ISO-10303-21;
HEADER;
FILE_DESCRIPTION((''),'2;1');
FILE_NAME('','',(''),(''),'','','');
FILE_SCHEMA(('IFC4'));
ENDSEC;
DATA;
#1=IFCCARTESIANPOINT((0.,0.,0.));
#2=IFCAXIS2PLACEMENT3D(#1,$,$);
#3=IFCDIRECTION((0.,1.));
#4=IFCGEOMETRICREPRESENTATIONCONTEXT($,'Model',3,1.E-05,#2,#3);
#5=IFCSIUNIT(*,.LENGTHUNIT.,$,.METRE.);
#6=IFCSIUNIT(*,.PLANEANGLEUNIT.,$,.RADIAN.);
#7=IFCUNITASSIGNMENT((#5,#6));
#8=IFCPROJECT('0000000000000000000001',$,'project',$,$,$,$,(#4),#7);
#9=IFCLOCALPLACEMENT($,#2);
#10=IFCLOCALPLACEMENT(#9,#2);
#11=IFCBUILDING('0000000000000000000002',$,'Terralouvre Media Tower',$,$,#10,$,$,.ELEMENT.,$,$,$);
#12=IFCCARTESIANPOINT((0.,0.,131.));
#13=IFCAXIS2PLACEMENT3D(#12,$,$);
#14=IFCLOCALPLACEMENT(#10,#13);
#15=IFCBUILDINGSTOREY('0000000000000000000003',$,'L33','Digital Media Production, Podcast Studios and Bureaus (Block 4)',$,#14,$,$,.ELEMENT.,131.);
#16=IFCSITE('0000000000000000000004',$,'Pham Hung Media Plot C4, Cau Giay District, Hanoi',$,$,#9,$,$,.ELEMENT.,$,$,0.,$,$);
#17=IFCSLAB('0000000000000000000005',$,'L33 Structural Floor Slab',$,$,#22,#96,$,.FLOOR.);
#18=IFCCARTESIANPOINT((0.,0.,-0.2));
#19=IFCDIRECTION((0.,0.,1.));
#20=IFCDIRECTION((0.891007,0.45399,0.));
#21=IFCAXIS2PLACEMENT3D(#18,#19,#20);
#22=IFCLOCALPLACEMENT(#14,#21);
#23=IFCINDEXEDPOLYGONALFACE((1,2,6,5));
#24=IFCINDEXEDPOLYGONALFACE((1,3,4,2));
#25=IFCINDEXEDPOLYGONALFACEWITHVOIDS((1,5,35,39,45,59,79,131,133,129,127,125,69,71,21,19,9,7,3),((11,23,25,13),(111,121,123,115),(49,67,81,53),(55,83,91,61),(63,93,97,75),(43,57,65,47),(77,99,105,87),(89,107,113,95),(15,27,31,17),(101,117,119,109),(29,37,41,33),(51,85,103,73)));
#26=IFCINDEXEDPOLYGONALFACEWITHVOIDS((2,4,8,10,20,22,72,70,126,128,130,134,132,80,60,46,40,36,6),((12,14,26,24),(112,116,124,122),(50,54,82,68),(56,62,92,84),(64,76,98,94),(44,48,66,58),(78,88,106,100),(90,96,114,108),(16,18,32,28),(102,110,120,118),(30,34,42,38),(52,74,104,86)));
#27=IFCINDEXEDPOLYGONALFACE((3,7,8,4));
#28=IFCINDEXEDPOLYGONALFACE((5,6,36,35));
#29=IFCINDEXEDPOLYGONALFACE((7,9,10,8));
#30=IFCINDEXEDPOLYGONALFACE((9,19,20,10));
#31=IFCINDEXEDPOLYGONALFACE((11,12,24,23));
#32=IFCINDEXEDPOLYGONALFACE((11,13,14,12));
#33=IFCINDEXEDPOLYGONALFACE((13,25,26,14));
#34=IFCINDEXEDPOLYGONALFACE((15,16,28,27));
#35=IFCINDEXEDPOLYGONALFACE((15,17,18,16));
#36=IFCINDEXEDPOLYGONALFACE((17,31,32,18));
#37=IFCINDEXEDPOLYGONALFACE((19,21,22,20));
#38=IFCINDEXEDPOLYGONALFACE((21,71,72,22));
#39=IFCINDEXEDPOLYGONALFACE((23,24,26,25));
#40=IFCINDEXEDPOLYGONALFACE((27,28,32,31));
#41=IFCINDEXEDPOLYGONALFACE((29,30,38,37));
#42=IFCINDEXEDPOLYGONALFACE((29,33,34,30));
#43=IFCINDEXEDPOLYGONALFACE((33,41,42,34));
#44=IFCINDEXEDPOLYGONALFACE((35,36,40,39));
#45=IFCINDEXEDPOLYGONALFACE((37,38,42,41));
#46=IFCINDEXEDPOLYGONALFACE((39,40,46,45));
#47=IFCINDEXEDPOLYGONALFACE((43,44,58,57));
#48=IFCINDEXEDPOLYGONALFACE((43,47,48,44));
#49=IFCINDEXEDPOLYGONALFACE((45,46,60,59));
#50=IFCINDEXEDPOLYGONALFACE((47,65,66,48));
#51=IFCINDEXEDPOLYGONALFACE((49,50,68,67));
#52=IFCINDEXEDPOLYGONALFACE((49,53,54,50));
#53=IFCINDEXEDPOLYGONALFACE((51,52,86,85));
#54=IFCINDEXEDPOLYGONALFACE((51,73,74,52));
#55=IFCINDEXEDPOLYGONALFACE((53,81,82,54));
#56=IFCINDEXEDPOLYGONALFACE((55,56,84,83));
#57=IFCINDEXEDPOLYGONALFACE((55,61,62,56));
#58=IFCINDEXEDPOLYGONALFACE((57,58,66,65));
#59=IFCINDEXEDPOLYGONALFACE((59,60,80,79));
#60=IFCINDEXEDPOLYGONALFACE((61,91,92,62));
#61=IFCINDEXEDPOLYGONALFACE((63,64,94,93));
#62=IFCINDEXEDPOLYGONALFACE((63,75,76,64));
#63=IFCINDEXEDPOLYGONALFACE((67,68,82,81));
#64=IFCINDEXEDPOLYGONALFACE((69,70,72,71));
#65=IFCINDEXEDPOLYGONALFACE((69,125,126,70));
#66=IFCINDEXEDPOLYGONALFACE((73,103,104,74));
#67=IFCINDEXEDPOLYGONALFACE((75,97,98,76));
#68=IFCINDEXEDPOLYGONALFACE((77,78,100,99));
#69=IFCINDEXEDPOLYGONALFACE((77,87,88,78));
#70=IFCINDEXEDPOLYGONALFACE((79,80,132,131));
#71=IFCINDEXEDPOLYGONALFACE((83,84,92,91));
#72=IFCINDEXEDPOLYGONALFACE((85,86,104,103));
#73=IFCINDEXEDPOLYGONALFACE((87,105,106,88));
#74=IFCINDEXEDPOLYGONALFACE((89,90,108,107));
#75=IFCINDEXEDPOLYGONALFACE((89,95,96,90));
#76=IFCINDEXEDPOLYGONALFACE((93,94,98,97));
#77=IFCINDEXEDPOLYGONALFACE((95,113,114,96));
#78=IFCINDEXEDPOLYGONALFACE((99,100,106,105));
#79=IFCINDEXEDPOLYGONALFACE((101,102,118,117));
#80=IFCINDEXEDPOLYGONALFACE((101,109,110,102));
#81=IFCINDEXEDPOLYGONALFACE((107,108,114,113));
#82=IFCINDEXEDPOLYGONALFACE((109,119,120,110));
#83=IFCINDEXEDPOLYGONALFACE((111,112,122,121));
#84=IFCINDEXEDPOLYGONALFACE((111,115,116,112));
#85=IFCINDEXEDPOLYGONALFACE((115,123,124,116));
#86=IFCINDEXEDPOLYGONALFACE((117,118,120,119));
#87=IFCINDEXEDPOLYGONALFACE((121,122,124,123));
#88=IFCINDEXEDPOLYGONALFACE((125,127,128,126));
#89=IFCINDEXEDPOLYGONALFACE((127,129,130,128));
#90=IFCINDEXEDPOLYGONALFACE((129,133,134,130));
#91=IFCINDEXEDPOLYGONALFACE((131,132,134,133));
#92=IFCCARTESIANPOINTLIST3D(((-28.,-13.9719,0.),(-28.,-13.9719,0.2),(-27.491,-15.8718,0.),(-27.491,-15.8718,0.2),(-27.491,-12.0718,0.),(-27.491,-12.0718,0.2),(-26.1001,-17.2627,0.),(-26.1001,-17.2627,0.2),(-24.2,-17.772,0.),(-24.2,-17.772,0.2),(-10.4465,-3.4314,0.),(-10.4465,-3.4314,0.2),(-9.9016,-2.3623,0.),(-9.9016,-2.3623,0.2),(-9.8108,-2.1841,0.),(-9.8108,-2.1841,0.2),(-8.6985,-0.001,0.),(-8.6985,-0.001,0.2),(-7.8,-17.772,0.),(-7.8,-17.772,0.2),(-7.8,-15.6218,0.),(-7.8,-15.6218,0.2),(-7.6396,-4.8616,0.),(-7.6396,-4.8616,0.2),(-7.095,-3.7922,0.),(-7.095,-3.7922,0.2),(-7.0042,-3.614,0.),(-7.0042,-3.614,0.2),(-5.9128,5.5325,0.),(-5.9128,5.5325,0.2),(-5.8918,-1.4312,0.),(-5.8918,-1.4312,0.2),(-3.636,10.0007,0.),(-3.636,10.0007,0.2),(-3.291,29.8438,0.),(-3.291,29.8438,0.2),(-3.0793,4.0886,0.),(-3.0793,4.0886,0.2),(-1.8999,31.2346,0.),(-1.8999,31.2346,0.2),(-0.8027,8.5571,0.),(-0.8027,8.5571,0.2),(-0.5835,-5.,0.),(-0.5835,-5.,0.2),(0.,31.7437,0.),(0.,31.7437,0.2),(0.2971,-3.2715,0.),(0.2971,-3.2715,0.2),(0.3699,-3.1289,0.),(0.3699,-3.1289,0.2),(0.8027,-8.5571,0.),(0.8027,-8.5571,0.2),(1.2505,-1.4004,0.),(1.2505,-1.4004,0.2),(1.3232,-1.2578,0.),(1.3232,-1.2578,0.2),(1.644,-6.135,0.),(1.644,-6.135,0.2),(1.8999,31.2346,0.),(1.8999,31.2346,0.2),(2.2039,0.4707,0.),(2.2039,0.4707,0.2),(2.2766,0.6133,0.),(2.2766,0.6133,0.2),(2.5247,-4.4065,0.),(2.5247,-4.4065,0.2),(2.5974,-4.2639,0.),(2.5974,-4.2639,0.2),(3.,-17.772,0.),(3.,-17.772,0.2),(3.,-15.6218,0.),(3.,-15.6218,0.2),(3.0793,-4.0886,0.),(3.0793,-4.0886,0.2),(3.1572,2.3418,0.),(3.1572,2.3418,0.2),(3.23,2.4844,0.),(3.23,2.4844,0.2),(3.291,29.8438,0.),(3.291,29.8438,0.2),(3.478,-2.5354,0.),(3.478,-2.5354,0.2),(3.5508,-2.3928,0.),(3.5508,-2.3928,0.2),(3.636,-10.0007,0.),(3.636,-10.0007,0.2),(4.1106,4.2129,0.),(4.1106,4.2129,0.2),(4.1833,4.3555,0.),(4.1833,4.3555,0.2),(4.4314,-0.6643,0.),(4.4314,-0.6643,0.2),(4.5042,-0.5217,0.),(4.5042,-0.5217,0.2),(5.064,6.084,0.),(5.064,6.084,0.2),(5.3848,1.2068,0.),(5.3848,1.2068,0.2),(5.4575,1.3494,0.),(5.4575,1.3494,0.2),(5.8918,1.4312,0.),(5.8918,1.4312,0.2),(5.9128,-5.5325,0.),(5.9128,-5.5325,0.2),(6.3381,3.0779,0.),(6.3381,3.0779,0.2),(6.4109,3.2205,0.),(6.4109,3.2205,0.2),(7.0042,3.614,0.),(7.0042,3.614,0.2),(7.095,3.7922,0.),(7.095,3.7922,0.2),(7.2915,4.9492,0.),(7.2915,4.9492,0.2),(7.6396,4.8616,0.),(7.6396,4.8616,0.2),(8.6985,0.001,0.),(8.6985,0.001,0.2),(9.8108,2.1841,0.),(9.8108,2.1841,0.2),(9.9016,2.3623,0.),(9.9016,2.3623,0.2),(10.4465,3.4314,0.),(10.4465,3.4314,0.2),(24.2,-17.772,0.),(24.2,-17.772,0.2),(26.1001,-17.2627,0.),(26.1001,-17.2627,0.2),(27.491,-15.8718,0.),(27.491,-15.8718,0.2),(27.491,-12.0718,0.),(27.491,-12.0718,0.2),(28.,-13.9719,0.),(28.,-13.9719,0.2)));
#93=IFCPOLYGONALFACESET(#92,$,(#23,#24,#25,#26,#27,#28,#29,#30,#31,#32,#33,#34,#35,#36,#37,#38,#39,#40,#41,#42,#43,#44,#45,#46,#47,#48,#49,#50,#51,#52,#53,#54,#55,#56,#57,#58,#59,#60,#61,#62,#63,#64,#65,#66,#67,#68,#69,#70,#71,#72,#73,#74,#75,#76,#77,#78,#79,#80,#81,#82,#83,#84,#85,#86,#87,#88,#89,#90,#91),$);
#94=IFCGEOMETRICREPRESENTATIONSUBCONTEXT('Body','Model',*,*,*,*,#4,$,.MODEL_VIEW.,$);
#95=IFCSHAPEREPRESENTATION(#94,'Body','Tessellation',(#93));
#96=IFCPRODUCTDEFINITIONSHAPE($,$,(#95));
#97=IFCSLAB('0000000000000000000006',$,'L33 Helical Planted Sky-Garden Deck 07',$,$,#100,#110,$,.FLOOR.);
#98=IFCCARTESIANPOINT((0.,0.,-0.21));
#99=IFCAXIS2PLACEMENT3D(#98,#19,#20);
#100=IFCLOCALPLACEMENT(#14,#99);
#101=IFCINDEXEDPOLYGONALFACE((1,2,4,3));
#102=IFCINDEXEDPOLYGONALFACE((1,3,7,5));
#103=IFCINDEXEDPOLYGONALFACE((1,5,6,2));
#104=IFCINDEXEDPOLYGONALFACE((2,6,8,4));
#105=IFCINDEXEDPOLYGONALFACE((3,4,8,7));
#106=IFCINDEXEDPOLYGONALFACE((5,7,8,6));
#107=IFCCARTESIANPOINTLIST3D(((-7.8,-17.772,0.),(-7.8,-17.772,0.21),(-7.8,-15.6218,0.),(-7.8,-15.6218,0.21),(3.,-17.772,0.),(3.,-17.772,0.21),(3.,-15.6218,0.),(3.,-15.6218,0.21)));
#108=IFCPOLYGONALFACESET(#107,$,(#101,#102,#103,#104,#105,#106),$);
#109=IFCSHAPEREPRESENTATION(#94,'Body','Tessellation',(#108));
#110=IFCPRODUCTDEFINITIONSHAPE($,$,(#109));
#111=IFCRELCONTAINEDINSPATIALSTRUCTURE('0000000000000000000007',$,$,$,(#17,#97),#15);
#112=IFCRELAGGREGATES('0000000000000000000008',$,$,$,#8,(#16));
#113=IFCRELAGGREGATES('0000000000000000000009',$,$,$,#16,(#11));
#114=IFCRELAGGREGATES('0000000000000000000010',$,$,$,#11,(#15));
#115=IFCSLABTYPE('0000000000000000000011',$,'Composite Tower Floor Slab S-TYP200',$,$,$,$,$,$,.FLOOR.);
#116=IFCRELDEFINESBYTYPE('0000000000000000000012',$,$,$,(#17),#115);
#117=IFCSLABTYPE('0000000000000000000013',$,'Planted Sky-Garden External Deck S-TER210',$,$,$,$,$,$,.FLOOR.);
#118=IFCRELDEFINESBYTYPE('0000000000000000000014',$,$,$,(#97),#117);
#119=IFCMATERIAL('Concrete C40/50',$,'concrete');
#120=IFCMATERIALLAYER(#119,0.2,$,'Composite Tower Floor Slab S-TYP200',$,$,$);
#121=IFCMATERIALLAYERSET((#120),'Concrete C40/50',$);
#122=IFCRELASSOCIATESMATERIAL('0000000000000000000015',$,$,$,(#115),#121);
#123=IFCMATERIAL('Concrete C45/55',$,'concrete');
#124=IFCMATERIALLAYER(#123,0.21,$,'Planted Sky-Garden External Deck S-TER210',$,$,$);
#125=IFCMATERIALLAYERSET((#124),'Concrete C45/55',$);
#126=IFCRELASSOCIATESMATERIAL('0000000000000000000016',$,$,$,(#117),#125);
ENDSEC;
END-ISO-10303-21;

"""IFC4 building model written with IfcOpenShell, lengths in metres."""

from ifc_helpers import new_model, si_unit, direction, frame, origin, place, context, subcontext, project, spatial, polyline, outline, extrude, material, layer, layer_set, type_object, element, save


model = new_model("IFC4")

# Units and contexts
model_context = context("Model", 3, precision=1e-05, world=origin(), true_north=direction((0.0, 1.0)))
body_context = subcontext(model_context, "Body", "Model", "MODEL_VIEW")
ifc_project = project(units=[si_unit("LENGTHUNIT", "METRE"), si_unit("PLANEANGLEUNIT", "RADIAN")], contexts=[model_context])

# Site, building, storey
site_placement = place(None, origin())
site = spatial("IfcSite", under=ifc_project, at=site_placement, Name="Pham Hung Media Plot C4, Cau Giay District, Hanoi", CompositionType="ELEMENT", RefElevation=0.0)
building_placement = place(site_placement, origin())
building = spatial("IfcBuilding", under=site, at=building_placement, Name="Terralouvre Media Tower", CompositionType="ELEMENT")
storey_placement = place(building_placement, frame((0.0, 0.0, 131.0)))
storey = spatial("IfcBuildingStorey", under=building, at=storey_placement, Name="L33", Description="Digital Media Production, Podcast Studios and Bureaus (Block 4)", CompositionType="ELEMENT", Elevation=131.0)

# Slabs
ifc_material_1 = material(Name="Concrete C40/50", Category="concrete")
ifc_layer_1 = layer(ifc_material_1, 0.2, Name="Composite Tower Floor Slab S-TYP200")
ifc_layer_set_1 = layer_set([ifc_layer_1], Name="Concrete C40/50")
slab_type_1 = type_object("IfcSlabType", Name="Composite Tower Floor Slab S-TYP200", PredefinedType="FLOOR", material=ifc_layer_set_1)
slab_1_placement = place(storey_placement, frame((0.0, 0.0, -0.2), z_axis=(0.0, 0.0, 1.0), x_axis=(0.891007, 0.45399, 0.0)))
element("IfcSlab", 1, at=slab_1_placement, inside=storey, type_object=slab_type_1, Name="L33 Structural Floor Slab", PredefinedType="FLOOR", context=body_context, shape_type="SweptSolid", body=[
    extrude(outline(polyline([(-24.2, -17.772), (-7.8, -17.772), (-7.8, -15.6218), (3.0, -15.6218), (3.0, -17.772), (24.2, -17.772), (26.1001, -17.2627), (27.491, -15.8718), (28.0, -13.9719), (27.491, -12.0718), (3.291, 29.8438), (1.8999, 31.2346), (0.0, 31.7437), (-1.8999, 31.2346), (-3.291, 29.8438), (-27.491, -12.0718), (-28.0, -13.9719), (-27.491, -15.8718), (-26.1001, -17.2627), (-24.2, -17.772)]), holes=[polyline([(-7.095, -3.7922), (-7.6396, -4.8616), (-10.4465, -3.4314), (-9.9016, -2.3623), (-7.095, -3.7922)]), polyline([(-7.0042, -3.614), (-9.8108, -2.1841), (-8.6985, -0.001), (-5.8918, -1.4312), (-7.0042, -3.614)]), polyline([(4.5042, -0.5217), (2.2766, 0.6133), (3.1572, 2.3418), (5.3848, 1.2068), (4.5042, -0.5217)]), polyline([(6.3381, 3.0779), (5.4575, 1.3494), (3.23, 2.4844), (4.1106, 4.2129), (6.3381, 3.0779)]), polyline([(-3.0793, 4.0886), (-5.9128, 5.5325), (-3.636, 10.0007), (-0.8027, 8.5571), (-3.0793, 4.0886)]), polyline([(6.4109, 3.2205), (4.1833, 4.3555), (5.064, 6.084), (7.2915, 4.9492), (6.4109, 3.2205)]), polyline([(0.8027, -8.5571), (3.0793, -4.0886), (5.9128, -5.5325), (3.636, -10.0007), (0.8027, -8.5571)]), polyline([(1.644, -6.135), (-0.5835, -5.0), (0.2971, -3.2715), (2.5247, -4.4065), (1.644, -6.135)]), polyline([(2.5974, -4.2639), (0.3699, -3.1289), (1.2505, -1.4004), (3.478, -2.5354), (2.5974, -4.2639)]), polyline([(4.4314, -0.6643), (3.5508, -2.3928), (1.3232, -1.2578), (2.2039, 0.4707), (4.4314, -0.6643)]), polyline([(8.6985, 0.001), (5.8918, 1.4312), (7.0042, 3.614), (9.8108, 2.1841), (8.6985, 0.001)]), polyline([(9.9016, 2.3623), (7.095, 3.7922), (7.6396, 4.8616), (10.4465, 3.4314), (9.9016, 2.3623)])]), origin(), (0.0, 0.0, 1.0), 0.2),
])
ifc_material_2 = material(Name="Concrete C45/55", Category="concrete")
ifc_layer_2 = layer(ifc_material_2, 0.21, Name="Planted Sky-Garden External Deck S-TER210")
ifc_layer_set_2 = layer_set([ifc_layer_2], Name="Concrete C45/55")
slab_type_2 = type_object("IfcSlabType", Name="Planted Sky-Garden External Deck S-TER210", PredefinedType="FLOOR", material=ifc_layer_set_2)
slab_2_placement = place(storey_placement, frame((0.0, 0.0, -0.21), z_axis=(0.0, 0.0, 1.0), x_axis=(0.891007, 0.45399, 0.0)))
element("IfcSlab", 2, at=slab_2_placement, inside=storey, type_object=slab_type_2, Name="L33 Helical Planted Sky-Garden Deck 07", PredefinedType="FLOOR", context=body_context, shape_type="SweptSolid", body=[
    extrude(outline(polyline([(-7.8, -17.772), (3.0, -17.772), (3.0, -15.6218), (-7.8, -15.6218), (-7.8, -17.772)])), origin(), (0.0, 0.0, 1.0), 0.21),
])

save(model, "model.ifc")
